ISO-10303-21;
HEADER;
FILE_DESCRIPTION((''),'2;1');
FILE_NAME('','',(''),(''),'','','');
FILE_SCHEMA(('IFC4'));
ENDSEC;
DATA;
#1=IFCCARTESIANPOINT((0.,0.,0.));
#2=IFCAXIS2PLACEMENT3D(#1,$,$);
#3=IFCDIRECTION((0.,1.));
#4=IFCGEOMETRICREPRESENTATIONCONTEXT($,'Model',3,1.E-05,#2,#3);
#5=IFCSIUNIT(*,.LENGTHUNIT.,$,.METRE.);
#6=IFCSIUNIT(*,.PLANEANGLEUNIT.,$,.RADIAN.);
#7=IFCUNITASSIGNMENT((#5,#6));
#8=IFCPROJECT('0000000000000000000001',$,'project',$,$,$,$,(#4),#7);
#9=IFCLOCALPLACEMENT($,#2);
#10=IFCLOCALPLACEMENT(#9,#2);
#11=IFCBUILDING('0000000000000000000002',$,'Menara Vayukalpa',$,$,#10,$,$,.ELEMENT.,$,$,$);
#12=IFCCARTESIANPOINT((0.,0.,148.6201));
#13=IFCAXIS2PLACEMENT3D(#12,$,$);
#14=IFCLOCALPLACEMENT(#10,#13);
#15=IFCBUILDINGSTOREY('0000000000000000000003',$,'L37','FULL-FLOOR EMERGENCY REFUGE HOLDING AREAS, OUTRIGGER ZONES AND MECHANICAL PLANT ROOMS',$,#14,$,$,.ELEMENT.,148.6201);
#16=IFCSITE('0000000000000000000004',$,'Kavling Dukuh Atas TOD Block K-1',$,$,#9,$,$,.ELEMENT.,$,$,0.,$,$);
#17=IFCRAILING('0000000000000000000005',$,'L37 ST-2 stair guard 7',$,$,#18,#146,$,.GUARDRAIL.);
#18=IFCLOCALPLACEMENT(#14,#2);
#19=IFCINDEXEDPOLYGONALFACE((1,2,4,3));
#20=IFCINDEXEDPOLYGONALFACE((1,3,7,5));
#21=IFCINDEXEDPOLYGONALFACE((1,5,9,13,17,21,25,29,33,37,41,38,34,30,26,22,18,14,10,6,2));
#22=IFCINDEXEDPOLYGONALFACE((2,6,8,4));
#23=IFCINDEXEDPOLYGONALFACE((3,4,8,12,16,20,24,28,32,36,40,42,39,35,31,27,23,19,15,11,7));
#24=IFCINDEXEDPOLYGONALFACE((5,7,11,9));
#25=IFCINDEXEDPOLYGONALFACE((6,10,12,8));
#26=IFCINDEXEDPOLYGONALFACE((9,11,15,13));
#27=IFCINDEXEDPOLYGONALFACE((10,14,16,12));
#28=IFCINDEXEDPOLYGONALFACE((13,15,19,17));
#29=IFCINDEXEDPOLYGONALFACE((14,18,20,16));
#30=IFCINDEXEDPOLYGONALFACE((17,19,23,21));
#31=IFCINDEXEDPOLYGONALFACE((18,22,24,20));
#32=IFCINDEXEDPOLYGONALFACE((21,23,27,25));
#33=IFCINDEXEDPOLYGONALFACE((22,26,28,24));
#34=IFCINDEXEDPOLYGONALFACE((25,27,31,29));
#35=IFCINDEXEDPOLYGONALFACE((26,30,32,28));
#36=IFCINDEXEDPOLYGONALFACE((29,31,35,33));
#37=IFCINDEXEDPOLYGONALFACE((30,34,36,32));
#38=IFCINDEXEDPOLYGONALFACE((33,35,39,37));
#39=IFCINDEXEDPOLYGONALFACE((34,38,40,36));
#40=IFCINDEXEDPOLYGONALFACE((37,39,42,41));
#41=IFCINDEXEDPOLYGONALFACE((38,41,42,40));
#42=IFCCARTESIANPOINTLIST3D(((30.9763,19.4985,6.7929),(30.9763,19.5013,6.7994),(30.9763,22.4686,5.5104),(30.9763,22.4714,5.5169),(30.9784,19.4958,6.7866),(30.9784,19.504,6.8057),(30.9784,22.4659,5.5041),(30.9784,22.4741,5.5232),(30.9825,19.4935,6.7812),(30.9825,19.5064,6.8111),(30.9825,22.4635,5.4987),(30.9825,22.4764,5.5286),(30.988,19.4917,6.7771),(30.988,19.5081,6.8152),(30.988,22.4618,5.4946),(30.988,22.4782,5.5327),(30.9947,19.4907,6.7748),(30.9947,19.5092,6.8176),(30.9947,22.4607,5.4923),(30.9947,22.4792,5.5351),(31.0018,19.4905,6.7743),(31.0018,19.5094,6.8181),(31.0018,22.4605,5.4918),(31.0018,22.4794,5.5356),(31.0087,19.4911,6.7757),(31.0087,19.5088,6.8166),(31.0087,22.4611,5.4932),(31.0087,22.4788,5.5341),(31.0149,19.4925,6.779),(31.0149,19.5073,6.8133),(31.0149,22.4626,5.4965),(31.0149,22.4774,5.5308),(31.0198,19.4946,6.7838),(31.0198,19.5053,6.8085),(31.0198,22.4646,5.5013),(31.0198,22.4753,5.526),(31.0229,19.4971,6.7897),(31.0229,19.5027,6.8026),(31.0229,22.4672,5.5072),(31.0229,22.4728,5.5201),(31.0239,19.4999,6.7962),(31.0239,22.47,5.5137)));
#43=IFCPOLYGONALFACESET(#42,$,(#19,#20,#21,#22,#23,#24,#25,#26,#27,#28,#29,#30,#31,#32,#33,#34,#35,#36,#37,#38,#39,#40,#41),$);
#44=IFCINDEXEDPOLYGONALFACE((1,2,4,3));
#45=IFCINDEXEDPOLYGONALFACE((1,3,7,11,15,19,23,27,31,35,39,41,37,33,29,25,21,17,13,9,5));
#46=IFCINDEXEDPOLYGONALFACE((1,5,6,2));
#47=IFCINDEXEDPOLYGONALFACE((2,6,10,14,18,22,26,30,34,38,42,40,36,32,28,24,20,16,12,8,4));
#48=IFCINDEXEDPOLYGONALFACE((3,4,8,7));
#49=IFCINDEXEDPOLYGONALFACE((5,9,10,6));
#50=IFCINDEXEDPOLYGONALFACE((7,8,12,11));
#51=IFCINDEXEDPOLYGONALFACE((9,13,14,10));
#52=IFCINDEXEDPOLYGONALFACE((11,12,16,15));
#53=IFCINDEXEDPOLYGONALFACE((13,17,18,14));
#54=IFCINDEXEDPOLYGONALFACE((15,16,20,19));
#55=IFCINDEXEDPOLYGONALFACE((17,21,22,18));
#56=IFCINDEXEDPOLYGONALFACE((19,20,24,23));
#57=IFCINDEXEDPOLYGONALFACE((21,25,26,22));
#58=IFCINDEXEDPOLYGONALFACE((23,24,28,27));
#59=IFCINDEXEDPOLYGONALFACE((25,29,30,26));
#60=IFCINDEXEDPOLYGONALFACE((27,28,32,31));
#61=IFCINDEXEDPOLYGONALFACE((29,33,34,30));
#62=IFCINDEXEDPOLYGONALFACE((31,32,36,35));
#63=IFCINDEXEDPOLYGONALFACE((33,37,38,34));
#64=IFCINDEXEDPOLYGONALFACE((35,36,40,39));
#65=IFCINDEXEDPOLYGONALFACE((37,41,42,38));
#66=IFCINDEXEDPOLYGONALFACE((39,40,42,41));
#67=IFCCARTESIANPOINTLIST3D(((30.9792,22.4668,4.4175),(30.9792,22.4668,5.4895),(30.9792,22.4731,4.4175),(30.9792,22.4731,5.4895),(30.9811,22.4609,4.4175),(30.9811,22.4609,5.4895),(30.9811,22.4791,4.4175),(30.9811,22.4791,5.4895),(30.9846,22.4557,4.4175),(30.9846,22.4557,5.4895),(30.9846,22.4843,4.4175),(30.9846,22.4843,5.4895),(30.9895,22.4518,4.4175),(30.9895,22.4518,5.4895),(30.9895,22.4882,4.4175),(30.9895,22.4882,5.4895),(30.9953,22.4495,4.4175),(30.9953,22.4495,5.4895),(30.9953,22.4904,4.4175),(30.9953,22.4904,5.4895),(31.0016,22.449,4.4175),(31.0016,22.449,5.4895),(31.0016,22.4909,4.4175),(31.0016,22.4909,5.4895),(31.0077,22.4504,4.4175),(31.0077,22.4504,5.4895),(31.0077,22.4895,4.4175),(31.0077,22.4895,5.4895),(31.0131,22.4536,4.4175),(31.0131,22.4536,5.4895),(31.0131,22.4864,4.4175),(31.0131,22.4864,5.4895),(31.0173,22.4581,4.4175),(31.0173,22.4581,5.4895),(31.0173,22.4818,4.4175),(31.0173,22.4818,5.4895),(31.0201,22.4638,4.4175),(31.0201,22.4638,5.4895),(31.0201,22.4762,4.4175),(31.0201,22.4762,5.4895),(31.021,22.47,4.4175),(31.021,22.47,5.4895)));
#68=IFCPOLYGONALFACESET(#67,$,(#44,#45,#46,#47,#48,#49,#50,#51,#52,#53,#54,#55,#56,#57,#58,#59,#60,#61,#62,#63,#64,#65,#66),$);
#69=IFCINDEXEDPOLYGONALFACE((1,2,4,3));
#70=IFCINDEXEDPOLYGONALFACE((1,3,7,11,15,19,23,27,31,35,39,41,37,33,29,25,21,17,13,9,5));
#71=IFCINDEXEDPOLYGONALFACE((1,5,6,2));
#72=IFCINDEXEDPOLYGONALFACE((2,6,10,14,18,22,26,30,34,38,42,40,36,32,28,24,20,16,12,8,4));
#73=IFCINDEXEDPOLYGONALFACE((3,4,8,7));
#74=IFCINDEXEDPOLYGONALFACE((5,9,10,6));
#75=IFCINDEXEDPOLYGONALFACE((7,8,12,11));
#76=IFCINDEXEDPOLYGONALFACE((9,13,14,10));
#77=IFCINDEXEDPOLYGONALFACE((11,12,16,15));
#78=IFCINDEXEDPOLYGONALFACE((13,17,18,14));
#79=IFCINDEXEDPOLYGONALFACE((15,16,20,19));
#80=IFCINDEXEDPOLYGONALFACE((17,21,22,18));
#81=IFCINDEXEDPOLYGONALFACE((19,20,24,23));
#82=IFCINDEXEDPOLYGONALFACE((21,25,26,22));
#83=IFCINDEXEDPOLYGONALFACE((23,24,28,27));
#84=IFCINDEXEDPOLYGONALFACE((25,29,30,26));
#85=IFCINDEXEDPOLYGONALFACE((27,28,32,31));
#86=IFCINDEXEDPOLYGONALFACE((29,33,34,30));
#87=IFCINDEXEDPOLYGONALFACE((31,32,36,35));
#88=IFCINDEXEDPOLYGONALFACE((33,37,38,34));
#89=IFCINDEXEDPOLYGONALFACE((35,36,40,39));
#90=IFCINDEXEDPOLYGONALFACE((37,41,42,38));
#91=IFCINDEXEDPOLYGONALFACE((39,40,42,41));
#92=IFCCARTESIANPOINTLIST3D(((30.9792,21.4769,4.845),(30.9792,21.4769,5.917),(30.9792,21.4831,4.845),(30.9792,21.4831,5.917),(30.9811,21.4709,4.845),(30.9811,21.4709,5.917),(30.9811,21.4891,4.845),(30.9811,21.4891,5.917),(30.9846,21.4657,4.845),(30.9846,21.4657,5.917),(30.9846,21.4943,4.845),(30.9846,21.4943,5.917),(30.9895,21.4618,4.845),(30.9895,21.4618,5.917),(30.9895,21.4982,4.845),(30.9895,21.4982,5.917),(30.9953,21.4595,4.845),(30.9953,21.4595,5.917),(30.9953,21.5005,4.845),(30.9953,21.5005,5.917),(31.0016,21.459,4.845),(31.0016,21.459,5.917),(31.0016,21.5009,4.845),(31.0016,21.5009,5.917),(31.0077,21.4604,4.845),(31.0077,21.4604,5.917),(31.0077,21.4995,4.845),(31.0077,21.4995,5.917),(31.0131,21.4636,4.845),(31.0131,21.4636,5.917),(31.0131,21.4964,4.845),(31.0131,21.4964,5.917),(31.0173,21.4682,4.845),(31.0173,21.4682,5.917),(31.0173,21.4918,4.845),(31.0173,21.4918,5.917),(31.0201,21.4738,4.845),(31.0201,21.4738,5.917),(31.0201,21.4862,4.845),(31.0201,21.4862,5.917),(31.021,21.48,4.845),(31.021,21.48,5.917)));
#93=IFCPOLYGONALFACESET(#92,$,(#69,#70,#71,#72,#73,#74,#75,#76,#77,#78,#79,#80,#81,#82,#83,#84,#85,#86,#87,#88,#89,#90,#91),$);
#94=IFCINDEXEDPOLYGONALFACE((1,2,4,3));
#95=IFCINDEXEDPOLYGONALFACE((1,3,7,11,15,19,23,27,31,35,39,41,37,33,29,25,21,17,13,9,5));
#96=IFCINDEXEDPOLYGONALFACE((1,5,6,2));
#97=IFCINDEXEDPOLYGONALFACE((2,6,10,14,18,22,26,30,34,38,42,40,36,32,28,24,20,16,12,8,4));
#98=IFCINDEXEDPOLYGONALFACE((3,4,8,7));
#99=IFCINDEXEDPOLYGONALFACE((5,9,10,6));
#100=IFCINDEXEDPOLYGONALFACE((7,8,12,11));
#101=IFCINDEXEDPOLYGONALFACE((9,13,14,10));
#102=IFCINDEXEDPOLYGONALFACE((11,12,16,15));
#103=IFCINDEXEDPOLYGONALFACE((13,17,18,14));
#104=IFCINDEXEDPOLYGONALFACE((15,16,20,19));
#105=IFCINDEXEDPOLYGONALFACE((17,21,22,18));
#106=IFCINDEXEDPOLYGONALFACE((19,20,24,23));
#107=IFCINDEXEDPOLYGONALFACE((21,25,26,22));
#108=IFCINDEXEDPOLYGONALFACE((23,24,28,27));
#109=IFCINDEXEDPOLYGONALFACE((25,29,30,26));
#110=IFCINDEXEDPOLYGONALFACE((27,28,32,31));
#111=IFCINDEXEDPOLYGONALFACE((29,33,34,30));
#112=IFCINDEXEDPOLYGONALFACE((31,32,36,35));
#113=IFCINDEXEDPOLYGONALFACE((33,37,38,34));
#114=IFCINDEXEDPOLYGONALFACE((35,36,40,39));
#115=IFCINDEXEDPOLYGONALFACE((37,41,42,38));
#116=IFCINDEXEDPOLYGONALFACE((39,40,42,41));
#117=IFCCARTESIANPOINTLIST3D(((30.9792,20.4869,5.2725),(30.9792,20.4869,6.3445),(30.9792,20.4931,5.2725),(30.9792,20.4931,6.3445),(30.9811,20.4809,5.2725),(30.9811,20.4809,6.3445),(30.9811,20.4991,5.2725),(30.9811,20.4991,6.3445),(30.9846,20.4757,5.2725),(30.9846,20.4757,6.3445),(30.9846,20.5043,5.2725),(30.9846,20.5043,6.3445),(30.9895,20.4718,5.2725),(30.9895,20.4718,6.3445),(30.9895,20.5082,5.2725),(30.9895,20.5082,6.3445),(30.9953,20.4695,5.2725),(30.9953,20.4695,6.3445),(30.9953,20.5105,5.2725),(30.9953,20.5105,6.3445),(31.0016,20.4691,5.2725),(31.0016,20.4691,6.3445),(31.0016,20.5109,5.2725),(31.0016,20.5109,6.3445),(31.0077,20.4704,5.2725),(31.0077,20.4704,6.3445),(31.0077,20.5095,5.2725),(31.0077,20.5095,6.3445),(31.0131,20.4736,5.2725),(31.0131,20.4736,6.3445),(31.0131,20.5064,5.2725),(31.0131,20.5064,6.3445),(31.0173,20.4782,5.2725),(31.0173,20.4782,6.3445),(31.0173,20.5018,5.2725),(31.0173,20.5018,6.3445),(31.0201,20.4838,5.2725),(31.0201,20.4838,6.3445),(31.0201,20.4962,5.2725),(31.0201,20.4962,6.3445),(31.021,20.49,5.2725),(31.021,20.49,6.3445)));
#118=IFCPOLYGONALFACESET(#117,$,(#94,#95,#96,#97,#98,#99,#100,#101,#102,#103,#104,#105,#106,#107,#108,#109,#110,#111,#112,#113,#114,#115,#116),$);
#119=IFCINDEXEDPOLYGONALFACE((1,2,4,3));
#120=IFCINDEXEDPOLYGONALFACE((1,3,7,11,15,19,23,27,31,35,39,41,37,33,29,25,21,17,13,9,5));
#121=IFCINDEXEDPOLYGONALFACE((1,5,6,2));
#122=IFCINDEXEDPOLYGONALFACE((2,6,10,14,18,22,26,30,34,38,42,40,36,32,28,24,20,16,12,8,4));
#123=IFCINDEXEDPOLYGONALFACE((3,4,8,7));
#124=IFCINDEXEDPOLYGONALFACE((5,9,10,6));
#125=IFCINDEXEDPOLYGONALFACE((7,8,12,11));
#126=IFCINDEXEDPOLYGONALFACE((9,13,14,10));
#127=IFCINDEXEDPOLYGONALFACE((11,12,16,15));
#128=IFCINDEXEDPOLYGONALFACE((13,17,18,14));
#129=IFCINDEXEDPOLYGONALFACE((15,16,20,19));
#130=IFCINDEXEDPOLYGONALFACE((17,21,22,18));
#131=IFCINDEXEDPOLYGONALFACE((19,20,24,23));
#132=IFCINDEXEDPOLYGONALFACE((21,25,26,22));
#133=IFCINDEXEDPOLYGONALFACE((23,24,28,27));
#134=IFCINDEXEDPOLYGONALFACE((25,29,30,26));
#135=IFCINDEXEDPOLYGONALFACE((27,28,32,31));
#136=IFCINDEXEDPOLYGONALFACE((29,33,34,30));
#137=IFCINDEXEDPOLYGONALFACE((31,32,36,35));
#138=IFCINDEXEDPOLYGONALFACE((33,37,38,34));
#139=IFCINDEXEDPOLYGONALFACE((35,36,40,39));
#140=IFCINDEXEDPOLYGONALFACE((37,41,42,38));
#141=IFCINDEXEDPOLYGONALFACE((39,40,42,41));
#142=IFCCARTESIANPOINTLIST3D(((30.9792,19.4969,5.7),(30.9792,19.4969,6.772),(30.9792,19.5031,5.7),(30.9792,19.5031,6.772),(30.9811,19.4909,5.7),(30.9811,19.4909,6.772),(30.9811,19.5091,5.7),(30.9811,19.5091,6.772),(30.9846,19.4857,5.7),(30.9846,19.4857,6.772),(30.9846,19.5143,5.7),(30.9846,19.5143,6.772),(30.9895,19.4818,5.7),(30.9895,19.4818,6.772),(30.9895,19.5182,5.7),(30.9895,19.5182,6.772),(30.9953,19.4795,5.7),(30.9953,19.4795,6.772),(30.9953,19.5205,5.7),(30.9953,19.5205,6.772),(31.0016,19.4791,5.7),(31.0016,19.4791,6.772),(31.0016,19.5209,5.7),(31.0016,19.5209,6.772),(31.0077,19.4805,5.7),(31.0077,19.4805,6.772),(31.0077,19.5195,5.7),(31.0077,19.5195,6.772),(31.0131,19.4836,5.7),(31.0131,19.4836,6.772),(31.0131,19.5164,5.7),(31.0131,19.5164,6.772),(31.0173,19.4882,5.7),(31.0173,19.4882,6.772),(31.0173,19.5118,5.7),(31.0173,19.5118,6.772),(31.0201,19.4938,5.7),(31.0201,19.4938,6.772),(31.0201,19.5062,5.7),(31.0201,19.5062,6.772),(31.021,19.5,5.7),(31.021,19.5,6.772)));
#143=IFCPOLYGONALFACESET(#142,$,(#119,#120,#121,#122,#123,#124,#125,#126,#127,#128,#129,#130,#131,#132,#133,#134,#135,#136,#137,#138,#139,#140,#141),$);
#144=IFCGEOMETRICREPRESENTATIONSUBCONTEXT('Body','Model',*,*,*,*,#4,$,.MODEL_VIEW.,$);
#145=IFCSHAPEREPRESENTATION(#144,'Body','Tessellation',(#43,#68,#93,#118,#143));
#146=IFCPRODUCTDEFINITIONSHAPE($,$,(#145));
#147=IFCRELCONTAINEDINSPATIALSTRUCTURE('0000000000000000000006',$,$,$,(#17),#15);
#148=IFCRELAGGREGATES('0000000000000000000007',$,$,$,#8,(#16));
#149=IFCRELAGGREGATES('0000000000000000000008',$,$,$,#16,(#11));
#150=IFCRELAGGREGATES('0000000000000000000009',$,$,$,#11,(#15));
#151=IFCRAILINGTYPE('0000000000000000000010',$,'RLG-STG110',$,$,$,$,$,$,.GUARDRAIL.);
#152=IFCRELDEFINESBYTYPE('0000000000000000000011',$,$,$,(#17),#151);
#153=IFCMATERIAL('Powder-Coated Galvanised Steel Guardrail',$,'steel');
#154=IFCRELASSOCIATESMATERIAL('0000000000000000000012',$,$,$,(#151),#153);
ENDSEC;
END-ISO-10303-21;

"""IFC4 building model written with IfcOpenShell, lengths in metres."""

from ifc_helpers import new_model, si_unit, direction, frame, origin, origin_2d, place, context, subcontext, project, spatial, circle, extrude, material, type_object, element, save


model = new_model("IFC4")

# Units and contexts
model_context = context("Model", 3, precision=1e-05, world=origin(), true_north=direction((0.0, 1.0)))
body_context = subcontext(model_context, "Body", "Model", "MODEL_VIEW")
ifc_project = project(units=[si_unit("LENGTHUNIT", "METRE"), si_unit("PLANEANGLEUNIT", "RADIAN")], contexts=[model_context])

# Site, building, storey
site_placement = place(None, origin())
site = spatial("IfcSite", under=ifc_project, at=site_placement, Name="Kavling Dukuh Atas TOD Block K-1", CompositionType="ELEMENT", RefElevation=0.0)
building_placement = place(site_placement, origin())
building = spatial("IfcBuilding", under=site, at=building_placement, Name="Menara Vayukalpa", CompositionType="ELEMENT")
storey_placement = place(building_placement, frame((0.0, 0.0, 148.6201)))
storey = spatial("IfcBuildingStorey", under=building, at=storey_placement, Name="L37", Description="FULL-FLOOR EMERGENCY REFUGE HOLDING AREAS, OUTRIGGER ZONES AND MECHANICAL PLANT ROOMS", CompositionType="ELEMENT", Elevation=148.6201)

# Railing
ifc_material_1 = material(Name="Powder-Coated Galvanised Steel Guardrail", Category="steel")
railing_type_1 = type_object("IfcRailingType", Name="RLG-STG110", PredefinedType="GUARDRAIL", material=ifc_material_1)
railing_1_placement = place(storey_placement, frame((31.0, 22.47, 4.4175)))
element("IfcRailing", 1, at=railing_1_placement, inside=storey, type_object=railing_type_1, Name="L37 ST-2 stair guard 7", PredefinedType="GUARDRAIL", context=body_context, shape_type="SweptSolid", body=[
    extrude(circle(Radius=0.0239, at=origin_2d()), frame((0.0, 0.0, 1.0962), z_axis=(0.0, -0.918064, 0.396432), x_axis=(1.0, 0.0, 0.0)), (0.0, 0.0, 1.0), 3.2351),
    extrude(circle(Radius=0.021, at=origin_2d()), origin(), (0.0, 0.0, 1.0), 1.072),
    extrude(circle(Radius=0.021, at=origin_2d()), frame((0.0, -0.99, 0.4275)), (0.0, 0.0, 1.0), 1.072),
    extrude(circle(Radius=0.021, at=origin_2d()), frame((0.0, -1.98, 0.855)), (0.0, 0.0, 1.0), 1.072),
    extrude(circle(Radius=0.021, at=origin_2d()), frame((0.0, -2.97, 1.2825)), (0.0, 0.0, 1.0), 1.072),
])

save(model, "model.ifc")
